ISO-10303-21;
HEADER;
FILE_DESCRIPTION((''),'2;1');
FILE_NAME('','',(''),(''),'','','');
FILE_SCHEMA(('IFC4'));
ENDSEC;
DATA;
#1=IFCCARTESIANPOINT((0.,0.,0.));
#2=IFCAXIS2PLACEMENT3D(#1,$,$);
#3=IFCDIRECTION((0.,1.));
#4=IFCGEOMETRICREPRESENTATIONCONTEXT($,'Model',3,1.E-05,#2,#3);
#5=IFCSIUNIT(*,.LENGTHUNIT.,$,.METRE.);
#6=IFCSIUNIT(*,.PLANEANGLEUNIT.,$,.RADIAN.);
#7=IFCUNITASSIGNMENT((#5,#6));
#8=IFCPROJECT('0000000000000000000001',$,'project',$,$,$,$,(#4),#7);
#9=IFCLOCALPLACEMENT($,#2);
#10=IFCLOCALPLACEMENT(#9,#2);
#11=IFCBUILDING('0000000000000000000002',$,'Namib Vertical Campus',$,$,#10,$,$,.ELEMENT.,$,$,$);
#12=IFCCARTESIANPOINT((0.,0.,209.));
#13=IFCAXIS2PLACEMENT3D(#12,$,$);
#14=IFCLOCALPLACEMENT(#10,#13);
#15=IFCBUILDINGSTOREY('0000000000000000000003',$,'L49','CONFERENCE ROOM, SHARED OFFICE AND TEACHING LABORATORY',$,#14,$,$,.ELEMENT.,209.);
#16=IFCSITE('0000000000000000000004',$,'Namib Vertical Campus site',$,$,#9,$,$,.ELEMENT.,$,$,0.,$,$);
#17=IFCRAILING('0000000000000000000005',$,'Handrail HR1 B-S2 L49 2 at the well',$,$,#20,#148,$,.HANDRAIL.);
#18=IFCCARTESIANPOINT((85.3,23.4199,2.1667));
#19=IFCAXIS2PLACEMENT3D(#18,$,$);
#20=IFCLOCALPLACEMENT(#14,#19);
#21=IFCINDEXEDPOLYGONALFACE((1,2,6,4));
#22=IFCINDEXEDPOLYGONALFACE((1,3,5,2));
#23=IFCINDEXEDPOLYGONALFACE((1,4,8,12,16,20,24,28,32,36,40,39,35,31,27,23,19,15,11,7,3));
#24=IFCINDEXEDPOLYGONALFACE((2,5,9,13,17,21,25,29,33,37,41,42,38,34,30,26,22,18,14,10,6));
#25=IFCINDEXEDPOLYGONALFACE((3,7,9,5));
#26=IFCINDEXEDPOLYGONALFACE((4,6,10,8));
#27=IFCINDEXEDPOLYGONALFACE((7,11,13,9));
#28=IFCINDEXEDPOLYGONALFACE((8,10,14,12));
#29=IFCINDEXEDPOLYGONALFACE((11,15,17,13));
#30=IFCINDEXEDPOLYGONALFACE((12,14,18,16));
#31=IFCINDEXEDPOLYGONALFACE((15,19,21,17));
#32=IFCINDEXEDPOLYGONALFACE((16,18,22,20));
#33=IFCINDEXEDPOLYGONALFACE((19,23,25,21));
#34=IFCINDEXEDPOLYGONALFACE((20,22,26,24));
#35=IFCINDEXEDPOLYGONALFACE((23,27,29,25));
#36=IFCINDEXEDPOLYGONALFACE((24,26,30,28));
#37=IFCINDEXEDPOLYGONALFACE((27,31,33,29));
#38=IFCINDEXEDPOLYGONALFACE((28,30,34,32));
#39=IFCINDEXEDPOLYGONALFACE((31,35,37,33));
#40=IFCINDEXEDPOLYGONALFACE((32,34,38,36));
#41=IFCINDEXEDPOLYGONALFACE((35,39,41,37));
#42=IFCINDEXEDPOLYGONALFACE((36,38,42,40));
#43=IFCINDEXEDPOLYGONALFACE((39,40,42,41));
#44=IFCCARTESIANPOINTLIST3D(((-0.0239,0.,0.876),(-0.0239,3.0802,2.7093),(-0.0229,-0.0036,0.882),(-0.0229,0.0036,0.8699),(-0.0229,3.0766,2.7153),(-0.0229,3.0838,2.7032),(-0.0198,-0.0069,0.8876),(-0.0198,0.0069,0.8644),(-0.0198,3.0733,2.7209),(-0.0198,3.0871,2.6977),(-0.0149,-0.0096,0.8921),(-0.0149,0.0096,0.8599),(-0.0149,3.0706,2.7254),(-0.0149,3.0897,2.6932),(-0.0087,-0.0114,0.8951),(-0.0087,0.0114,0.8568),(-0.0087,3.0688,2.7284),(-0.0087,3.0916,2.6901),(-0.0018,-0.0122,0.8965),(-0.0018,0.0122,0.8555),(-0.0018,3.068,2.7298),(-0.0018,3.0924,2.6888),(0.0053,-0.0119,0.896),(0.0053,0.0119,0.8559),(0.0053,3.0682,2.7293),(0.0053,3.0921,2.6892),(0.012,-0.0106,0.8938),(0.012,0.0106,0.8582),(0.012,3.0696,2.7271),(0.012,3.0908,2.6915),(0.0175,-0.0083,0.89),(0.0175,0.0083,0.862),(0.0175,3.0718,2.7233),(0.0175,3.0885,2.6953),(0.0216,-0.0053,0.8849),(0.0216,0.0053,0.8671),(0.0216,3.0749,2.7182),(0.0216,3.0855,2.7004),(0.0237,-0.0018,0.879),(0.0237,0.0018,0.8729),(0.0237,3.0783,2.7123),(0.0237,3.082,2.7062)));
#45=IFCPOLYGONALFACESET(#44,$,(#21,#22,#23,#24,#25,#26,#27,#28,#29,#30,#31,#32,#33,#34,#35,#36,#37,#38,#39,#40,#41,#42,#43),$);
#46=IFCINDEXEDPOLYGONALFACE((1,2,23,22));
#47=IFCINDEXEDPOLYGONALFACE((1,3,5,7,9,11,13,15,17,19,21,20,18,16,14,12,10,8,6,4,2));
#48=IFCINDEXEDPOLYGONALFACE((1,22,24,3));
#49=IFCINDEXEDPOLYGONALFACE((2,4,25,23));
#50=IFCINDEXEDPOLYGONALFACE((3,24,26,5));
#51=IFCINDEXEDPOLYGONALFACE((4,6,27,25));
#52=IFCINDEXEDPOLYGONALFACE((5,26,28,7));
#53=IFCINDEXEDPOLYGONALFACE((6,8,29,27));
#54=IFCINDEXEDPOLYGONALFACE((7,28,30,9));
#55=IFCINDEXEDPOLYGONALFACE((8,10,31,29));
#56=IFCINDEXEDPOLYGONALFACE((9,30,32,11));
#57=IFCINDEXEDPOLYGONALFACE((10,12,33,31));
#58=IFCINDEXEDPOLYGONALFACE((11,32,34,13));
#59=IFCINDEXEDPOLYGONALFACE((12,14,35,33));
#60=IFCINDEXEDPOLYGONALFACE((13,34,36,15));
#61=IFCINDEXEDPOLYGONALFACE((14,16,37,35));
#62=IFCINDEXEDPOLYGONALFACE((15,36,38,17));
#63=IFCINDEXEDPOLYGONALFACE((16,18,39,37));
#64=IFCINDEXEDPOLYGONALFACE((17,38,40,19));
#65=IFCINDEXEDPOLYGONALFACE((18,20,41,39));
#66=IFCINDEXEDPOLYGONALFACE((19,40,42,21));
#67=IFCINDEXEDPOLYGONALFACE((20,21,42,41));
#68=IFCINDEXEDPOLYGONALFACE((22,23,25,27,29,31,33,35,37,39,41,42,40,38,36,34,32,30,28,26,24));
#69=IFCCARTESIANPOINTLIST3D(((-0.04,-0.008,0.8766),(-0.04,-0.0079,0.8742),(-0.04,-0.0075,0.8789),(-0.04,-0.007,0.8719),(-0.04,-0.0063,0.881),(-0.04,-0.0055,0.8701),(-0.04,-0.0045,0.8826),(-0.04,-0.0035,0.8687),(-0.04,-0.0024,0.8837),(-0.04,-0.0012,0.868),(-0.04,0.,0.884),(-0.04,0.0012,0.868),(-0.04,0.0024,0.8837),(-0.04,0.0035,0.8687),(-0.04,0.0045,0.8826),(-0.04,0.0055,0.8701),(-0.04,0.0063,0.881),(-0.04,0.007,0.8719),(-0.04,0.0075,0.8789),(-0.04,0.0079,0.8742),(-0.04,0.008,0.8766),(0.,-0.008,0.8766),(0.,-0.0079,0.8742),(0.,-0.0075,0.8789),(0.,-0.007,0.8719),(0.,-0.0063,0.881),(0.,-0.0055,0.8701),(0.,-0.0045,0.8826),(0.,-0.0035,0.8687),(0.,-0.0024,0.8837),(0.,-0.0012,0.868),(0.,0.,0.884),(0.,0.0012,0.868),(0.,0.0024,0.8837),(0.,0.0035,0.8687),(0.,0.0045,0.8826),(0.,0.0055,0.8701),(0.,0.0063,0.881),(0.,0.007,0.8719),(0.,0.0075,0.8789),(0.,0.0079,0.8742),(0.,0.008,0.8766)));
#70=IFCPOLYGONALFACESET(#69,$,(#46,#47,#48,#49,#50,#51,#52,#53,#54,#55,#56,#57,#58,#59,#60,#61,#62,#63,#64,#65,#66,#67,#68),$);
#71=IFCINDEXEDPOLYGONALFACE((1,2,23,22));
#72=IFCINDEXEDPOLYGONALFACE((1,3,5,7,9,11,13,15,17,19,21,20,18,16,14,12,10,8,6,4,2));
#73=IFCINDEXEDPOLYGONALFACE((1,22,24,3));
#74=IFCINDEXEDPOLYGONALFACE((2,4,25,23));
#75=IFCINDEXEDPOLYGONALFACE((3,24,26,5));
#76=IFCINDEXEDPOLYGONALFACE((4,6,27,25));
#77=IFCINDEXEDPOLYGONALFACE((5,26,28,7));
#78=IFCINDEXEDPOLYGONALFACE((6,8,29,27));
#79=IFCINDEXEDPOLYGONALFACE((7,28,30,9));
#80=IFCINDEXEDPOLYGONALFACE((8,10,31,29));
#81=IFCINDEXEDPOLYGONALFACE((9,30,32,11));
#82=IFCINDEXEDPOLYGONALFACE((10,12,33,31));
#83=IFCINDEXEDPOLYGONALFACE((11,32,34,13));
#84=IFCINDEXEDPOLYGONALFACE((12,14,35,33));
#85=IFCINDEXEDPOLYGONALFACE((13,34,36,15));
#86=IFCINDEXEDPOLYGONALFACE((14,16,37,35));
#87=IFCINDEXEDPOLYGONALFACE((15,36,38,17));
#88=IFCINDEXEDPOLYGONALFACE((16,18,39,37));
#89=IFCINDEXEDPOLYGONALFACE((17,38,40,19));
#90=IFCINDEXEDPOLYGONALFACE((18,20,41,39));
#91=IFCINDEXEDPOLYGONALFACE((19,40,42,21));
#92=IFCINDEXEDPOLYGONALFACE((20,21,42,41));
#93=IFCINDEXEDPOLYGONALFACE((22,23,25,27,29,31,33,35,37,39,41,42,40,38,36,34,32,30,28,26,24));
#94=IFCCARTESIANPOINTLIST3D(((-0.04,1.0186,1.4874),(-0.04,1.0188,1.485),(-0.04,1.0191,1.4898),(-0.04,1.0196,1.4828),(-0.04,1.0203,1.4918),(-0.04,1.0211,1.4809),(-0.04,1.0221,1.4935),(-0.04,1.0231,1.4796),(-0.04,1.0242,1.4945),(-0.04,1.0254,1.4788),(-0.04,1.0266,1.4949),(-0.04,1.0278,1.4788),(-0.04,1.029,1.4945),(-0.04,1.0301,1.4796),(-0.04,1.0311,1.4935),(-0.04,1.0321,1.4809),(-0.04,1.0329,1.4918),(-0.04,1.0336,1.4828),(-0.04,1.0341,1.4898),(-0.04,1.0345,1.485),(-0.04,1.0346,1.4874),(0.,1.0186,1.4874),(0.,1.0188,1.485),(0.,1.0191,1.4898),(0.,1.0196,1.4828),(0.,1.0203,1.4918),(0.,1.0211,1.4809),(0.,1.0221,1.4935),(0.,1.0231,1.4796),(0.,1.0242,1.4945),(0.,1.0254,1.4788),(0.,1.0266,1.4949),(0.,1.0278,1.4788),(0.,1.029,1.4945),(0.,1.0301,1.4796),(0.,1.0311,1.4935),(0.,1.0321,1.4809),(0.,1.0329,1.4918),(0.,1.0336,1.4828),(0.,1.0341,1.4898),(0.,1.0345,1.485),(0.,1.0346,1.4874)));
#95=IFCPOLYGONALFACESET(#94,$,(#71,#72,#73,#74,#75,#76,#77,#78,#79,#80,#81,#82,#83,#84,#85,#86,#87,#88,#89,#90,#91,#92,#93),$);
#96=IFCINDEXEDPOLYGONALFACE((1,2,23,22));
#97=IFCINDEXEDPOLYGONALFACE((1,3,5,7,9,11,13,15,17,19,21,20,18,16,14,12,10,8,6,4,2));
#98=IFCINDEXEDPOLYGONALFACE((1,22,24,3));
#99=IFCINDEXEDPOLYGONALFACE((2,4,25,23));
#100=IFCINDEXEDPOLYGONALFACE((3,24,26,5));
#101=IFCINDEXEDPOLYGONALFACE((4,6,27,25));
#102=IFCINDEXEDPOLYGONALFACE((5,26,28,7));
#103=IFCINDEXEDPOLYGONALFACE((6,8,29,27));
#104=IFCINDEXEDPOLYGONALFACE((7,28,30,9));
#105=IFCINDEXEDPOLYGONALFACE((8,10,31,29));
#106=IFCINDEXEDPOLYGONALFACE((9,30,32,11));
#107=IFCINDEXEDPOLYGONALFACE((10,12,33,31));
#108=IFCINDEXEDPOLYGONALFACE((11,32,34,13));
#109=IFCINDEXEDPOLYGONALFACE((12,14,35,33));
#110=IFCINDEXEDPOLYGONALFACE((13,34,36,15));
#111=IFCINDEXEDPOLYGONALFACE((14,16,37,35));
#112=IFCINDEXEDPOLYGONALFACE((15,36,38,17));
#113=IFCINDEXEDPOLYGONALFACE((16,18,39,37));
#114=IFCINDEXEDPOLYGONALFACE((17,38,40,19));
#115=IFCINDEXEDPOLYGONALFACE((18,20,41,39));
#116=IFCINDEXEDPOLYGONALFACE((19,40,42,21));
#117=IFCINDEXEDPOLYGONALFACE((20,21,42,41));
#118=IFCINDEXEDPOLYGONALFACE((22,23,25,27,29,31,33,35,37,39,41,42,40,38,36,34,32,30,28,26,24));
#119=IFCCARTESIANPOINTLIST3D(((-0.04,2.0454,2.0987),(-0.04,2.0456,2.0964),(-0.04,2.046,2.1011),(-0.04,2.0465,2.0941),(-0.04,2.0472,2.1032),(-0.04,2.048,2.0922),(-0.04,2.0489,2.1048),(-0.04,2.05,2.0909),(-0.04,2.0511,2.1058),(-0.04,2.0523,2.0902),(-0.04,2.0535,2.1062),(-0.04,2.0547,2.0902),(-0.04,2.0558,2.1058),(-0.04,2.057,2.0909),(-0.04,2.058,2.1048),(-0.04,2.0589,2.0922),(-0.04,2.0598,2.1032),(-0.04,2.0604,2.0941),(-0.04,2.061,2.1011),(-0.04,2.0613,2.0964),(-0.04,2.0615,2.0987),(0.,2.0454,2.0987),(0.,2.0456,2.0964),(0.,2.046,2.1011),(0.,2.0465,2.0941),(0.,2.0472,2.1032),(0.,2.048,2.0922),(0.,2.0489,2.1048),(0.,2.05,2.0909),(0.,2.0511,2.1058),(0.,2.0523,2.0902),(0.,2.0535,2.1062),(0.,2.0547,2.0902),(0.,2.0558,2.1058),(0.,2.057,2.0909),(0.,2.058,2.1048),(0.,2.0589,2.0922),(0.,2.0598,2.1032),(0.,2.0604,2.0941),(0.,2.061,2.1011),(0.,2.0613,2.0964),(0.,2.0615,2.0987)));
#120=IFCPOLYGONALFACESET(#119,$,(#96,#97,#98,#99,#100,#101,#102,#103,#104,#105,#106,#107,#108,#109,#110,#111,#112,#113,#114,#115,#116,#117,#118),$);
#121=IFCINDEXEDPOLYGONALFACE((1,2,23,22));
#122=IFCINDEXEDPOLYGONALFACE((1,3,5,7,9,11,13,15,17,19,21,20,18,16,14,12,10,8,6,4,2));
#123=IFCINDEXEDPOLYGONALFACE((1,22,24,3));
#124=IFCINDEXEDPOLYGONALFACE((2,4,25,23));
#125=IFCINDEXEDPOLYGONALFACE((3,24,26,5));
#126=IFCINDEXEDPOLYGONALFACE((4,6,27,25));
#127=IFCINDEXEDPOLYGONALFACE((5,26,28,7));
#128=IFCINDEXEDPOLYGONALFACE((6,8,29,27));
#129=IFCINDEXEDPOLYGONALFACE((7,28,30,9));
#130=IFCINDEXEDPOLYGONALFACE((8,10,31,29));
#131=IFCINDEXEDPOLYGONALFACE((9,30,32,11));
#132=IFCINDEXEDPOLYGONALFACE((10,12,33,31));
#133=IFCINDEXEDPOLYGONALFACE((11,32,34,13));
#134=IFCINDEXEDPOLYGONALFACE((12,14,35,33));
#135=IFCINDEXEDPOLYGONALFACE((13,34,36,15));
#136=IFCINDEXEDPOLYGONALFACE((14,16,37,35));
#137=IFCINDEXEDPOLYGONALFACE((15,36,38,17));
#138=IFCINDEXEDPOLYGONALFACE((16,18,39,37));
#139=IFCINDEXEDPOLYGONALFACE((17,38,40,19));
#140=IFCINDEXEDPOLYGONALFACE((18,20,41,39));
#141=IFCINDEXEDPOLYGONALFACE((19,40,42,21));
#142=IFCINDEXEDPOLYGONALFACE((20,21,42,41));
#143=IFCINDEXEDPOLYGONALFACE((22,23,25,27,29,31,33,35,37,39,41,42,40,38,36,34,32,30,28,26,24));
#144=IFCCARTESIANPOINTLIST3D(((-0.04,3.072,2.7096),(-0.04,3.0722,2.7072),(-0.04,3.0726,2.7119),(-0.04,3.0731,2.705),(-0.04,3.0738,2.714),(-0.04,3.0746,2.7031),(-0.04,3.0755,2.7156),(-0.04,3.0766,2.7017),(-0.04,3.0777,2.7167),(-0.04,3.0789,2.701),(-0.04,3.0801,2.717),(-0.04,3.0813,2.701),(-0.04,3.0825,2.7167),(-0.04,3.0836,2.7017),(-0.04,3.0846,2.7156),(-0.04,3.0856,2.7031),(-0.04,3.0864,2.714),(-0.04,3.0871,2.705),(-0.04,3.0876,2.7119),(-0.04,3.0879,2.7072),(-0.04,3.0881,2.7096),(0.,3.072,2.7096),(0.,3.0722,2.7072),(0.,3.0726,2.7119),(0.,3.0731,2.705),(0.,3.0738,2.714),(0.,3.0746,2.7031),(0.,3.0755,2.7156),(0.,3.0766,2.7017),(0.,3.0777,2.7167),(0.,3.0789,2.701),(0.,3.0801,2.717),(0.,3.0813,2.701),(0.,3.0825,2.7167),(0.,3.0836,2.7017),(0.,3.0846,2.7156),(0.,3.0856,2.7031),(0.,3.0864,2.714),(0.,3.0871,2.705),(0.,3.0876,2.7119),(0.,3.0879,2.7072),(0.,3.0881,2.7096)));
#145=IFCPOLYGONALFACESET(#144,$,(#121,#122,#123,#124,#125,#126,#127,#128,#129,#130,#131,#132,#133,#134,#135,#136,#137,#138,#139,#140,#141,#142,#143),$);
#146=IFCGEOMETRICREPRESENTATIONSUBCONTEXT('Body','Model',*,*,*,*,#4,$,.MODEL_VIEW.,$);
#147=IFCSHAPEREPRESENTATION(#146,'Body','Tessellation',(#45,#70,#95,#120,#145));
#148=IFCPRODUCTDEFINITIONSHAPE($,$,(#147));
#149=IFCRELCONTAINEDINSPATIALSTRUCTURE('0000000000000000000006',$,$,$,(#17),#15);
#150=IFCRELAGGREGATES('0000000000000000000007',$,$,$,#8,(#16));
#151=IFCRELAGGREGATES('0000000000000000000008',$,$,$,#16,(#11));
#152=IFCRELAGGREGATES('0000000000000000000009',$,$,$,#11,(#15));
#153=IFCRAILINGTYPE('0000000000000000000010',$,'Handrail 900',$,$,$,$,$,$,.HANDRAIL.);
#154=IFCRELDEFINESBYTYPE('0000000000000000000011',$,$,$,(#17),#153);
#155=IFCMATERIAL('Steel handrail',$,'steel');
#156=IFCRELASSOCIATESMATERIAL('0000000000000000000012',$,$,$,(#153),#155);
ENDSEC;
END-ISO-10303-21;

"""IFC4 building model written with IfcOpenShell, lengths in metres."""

from ifc_helpers import new_model, si_unit, direction, frame, origin, origin_2d, place, context, subcontext, project, spatial, circle, extrude, material, type_object, element, save


model = new_model("IFC4")

# Units and contexts
model_context = context("Model", 3, precision=1e-05, world=origin(), true_north=direction((0.0, 1.0)))
body_context = subcontext(model_context, "Body", "Model", "MODEL_VIEW")
ifc_project = project(units=[si_unit("LENGTHUNIT", "METRE"), si_unit("PLANEANGLEUNIT", "RADIAN")], contexts=[model_context])

# Site, building, storey
site_placement = place(None, origin())
site = spatial("IfcSite", under=ifc_project, at=site_placement, Name="Namib Vertical Campus site", CompositionType="ELEMENT", RefElevation=0.0)
building_placement = place(site_placement, origin())
building = spatial("IfcBuilding", under=site, at=building_placement, Name="Namib Vertical Campus", CompositionType="ELEMENT")
storey_placement = place(building_placement, frame((0.0, 0.0, 209.0)))
storey = spatial("IfcBuildingStorey", under=building, at=storey_placement, Name="L49", Description="CONFERENCE ROOM, SHARED OFFICE AND TEACHING LABORATORY", CompositionType="ELEMENT", Elevation=209.0)

# Railing
ifc_material_1 = material(Name="Steel handrail", Category="steel")
railing_type_1 = type_object("IfcRailingType", Name="Handrail 900", PredefinedType="HANDRAIL", material=ifc_material_1)
railing_1_placement = place(storey_placement, frame((85.3, 23.4199, 2.1667)))
element("IfcRailing", 1, at=railing_1_placement, inside=storey, type_object=railing_type_1, Name="Handrail HR1 B-S2 L49 2 at the well", PredefinedType="HANDRAIL", context=body_context, shape_type="SweptSolid", body=[
    extrude(circle(Radius=0.0239, at=origin_2d()), frame((0.0, 0.0, 0.876), z_axis=(0.0, 0.859309, 0.511458), x_axis=(-1.0, 0.0, 0.0)), (0.0, 0.0, 1.0), 3.5845),
    extrude(circle(Radius=0.0081, at=origin_2d()), frame((0.0, 0.0, 0.876), z_axis=(-1.0, 0.0, 0.0), x_axis=(0.0, 0.0, 1.0)), (0.0, 0.0, 1.0), 0.04),
    extrude(circle(Radius=0.0081, at=origin_2d()), frame((0.0, 1.0266, 1.4868), z_axis=(-1.0, 0.0, 0.0), x_axis=(0.0, 0.0, 1.0)), (0.0, 0.0, 1.0), 0.04),
    extrude(circle(Radius=0.0081, at=origin_2d()), frame((0.0, 2.0535, 2.0981), z_axis=(-1.0, 0.0, 0.0), x_axis=(0.0, 0.0, 1.0)), (0.0, 0.0, 1.0), 0.04),
    extrude(circle(Radius=0.0081, at=origin_2d()), frame((0.0, 3.0801, 2.709), z_axis=(-1.0, 0.0, 0.0), x_axis=(0.0, 0.0, 1.0)), (0.0, 0.0, 1.0), 0.04),
])

save(model, "model.ifc")
